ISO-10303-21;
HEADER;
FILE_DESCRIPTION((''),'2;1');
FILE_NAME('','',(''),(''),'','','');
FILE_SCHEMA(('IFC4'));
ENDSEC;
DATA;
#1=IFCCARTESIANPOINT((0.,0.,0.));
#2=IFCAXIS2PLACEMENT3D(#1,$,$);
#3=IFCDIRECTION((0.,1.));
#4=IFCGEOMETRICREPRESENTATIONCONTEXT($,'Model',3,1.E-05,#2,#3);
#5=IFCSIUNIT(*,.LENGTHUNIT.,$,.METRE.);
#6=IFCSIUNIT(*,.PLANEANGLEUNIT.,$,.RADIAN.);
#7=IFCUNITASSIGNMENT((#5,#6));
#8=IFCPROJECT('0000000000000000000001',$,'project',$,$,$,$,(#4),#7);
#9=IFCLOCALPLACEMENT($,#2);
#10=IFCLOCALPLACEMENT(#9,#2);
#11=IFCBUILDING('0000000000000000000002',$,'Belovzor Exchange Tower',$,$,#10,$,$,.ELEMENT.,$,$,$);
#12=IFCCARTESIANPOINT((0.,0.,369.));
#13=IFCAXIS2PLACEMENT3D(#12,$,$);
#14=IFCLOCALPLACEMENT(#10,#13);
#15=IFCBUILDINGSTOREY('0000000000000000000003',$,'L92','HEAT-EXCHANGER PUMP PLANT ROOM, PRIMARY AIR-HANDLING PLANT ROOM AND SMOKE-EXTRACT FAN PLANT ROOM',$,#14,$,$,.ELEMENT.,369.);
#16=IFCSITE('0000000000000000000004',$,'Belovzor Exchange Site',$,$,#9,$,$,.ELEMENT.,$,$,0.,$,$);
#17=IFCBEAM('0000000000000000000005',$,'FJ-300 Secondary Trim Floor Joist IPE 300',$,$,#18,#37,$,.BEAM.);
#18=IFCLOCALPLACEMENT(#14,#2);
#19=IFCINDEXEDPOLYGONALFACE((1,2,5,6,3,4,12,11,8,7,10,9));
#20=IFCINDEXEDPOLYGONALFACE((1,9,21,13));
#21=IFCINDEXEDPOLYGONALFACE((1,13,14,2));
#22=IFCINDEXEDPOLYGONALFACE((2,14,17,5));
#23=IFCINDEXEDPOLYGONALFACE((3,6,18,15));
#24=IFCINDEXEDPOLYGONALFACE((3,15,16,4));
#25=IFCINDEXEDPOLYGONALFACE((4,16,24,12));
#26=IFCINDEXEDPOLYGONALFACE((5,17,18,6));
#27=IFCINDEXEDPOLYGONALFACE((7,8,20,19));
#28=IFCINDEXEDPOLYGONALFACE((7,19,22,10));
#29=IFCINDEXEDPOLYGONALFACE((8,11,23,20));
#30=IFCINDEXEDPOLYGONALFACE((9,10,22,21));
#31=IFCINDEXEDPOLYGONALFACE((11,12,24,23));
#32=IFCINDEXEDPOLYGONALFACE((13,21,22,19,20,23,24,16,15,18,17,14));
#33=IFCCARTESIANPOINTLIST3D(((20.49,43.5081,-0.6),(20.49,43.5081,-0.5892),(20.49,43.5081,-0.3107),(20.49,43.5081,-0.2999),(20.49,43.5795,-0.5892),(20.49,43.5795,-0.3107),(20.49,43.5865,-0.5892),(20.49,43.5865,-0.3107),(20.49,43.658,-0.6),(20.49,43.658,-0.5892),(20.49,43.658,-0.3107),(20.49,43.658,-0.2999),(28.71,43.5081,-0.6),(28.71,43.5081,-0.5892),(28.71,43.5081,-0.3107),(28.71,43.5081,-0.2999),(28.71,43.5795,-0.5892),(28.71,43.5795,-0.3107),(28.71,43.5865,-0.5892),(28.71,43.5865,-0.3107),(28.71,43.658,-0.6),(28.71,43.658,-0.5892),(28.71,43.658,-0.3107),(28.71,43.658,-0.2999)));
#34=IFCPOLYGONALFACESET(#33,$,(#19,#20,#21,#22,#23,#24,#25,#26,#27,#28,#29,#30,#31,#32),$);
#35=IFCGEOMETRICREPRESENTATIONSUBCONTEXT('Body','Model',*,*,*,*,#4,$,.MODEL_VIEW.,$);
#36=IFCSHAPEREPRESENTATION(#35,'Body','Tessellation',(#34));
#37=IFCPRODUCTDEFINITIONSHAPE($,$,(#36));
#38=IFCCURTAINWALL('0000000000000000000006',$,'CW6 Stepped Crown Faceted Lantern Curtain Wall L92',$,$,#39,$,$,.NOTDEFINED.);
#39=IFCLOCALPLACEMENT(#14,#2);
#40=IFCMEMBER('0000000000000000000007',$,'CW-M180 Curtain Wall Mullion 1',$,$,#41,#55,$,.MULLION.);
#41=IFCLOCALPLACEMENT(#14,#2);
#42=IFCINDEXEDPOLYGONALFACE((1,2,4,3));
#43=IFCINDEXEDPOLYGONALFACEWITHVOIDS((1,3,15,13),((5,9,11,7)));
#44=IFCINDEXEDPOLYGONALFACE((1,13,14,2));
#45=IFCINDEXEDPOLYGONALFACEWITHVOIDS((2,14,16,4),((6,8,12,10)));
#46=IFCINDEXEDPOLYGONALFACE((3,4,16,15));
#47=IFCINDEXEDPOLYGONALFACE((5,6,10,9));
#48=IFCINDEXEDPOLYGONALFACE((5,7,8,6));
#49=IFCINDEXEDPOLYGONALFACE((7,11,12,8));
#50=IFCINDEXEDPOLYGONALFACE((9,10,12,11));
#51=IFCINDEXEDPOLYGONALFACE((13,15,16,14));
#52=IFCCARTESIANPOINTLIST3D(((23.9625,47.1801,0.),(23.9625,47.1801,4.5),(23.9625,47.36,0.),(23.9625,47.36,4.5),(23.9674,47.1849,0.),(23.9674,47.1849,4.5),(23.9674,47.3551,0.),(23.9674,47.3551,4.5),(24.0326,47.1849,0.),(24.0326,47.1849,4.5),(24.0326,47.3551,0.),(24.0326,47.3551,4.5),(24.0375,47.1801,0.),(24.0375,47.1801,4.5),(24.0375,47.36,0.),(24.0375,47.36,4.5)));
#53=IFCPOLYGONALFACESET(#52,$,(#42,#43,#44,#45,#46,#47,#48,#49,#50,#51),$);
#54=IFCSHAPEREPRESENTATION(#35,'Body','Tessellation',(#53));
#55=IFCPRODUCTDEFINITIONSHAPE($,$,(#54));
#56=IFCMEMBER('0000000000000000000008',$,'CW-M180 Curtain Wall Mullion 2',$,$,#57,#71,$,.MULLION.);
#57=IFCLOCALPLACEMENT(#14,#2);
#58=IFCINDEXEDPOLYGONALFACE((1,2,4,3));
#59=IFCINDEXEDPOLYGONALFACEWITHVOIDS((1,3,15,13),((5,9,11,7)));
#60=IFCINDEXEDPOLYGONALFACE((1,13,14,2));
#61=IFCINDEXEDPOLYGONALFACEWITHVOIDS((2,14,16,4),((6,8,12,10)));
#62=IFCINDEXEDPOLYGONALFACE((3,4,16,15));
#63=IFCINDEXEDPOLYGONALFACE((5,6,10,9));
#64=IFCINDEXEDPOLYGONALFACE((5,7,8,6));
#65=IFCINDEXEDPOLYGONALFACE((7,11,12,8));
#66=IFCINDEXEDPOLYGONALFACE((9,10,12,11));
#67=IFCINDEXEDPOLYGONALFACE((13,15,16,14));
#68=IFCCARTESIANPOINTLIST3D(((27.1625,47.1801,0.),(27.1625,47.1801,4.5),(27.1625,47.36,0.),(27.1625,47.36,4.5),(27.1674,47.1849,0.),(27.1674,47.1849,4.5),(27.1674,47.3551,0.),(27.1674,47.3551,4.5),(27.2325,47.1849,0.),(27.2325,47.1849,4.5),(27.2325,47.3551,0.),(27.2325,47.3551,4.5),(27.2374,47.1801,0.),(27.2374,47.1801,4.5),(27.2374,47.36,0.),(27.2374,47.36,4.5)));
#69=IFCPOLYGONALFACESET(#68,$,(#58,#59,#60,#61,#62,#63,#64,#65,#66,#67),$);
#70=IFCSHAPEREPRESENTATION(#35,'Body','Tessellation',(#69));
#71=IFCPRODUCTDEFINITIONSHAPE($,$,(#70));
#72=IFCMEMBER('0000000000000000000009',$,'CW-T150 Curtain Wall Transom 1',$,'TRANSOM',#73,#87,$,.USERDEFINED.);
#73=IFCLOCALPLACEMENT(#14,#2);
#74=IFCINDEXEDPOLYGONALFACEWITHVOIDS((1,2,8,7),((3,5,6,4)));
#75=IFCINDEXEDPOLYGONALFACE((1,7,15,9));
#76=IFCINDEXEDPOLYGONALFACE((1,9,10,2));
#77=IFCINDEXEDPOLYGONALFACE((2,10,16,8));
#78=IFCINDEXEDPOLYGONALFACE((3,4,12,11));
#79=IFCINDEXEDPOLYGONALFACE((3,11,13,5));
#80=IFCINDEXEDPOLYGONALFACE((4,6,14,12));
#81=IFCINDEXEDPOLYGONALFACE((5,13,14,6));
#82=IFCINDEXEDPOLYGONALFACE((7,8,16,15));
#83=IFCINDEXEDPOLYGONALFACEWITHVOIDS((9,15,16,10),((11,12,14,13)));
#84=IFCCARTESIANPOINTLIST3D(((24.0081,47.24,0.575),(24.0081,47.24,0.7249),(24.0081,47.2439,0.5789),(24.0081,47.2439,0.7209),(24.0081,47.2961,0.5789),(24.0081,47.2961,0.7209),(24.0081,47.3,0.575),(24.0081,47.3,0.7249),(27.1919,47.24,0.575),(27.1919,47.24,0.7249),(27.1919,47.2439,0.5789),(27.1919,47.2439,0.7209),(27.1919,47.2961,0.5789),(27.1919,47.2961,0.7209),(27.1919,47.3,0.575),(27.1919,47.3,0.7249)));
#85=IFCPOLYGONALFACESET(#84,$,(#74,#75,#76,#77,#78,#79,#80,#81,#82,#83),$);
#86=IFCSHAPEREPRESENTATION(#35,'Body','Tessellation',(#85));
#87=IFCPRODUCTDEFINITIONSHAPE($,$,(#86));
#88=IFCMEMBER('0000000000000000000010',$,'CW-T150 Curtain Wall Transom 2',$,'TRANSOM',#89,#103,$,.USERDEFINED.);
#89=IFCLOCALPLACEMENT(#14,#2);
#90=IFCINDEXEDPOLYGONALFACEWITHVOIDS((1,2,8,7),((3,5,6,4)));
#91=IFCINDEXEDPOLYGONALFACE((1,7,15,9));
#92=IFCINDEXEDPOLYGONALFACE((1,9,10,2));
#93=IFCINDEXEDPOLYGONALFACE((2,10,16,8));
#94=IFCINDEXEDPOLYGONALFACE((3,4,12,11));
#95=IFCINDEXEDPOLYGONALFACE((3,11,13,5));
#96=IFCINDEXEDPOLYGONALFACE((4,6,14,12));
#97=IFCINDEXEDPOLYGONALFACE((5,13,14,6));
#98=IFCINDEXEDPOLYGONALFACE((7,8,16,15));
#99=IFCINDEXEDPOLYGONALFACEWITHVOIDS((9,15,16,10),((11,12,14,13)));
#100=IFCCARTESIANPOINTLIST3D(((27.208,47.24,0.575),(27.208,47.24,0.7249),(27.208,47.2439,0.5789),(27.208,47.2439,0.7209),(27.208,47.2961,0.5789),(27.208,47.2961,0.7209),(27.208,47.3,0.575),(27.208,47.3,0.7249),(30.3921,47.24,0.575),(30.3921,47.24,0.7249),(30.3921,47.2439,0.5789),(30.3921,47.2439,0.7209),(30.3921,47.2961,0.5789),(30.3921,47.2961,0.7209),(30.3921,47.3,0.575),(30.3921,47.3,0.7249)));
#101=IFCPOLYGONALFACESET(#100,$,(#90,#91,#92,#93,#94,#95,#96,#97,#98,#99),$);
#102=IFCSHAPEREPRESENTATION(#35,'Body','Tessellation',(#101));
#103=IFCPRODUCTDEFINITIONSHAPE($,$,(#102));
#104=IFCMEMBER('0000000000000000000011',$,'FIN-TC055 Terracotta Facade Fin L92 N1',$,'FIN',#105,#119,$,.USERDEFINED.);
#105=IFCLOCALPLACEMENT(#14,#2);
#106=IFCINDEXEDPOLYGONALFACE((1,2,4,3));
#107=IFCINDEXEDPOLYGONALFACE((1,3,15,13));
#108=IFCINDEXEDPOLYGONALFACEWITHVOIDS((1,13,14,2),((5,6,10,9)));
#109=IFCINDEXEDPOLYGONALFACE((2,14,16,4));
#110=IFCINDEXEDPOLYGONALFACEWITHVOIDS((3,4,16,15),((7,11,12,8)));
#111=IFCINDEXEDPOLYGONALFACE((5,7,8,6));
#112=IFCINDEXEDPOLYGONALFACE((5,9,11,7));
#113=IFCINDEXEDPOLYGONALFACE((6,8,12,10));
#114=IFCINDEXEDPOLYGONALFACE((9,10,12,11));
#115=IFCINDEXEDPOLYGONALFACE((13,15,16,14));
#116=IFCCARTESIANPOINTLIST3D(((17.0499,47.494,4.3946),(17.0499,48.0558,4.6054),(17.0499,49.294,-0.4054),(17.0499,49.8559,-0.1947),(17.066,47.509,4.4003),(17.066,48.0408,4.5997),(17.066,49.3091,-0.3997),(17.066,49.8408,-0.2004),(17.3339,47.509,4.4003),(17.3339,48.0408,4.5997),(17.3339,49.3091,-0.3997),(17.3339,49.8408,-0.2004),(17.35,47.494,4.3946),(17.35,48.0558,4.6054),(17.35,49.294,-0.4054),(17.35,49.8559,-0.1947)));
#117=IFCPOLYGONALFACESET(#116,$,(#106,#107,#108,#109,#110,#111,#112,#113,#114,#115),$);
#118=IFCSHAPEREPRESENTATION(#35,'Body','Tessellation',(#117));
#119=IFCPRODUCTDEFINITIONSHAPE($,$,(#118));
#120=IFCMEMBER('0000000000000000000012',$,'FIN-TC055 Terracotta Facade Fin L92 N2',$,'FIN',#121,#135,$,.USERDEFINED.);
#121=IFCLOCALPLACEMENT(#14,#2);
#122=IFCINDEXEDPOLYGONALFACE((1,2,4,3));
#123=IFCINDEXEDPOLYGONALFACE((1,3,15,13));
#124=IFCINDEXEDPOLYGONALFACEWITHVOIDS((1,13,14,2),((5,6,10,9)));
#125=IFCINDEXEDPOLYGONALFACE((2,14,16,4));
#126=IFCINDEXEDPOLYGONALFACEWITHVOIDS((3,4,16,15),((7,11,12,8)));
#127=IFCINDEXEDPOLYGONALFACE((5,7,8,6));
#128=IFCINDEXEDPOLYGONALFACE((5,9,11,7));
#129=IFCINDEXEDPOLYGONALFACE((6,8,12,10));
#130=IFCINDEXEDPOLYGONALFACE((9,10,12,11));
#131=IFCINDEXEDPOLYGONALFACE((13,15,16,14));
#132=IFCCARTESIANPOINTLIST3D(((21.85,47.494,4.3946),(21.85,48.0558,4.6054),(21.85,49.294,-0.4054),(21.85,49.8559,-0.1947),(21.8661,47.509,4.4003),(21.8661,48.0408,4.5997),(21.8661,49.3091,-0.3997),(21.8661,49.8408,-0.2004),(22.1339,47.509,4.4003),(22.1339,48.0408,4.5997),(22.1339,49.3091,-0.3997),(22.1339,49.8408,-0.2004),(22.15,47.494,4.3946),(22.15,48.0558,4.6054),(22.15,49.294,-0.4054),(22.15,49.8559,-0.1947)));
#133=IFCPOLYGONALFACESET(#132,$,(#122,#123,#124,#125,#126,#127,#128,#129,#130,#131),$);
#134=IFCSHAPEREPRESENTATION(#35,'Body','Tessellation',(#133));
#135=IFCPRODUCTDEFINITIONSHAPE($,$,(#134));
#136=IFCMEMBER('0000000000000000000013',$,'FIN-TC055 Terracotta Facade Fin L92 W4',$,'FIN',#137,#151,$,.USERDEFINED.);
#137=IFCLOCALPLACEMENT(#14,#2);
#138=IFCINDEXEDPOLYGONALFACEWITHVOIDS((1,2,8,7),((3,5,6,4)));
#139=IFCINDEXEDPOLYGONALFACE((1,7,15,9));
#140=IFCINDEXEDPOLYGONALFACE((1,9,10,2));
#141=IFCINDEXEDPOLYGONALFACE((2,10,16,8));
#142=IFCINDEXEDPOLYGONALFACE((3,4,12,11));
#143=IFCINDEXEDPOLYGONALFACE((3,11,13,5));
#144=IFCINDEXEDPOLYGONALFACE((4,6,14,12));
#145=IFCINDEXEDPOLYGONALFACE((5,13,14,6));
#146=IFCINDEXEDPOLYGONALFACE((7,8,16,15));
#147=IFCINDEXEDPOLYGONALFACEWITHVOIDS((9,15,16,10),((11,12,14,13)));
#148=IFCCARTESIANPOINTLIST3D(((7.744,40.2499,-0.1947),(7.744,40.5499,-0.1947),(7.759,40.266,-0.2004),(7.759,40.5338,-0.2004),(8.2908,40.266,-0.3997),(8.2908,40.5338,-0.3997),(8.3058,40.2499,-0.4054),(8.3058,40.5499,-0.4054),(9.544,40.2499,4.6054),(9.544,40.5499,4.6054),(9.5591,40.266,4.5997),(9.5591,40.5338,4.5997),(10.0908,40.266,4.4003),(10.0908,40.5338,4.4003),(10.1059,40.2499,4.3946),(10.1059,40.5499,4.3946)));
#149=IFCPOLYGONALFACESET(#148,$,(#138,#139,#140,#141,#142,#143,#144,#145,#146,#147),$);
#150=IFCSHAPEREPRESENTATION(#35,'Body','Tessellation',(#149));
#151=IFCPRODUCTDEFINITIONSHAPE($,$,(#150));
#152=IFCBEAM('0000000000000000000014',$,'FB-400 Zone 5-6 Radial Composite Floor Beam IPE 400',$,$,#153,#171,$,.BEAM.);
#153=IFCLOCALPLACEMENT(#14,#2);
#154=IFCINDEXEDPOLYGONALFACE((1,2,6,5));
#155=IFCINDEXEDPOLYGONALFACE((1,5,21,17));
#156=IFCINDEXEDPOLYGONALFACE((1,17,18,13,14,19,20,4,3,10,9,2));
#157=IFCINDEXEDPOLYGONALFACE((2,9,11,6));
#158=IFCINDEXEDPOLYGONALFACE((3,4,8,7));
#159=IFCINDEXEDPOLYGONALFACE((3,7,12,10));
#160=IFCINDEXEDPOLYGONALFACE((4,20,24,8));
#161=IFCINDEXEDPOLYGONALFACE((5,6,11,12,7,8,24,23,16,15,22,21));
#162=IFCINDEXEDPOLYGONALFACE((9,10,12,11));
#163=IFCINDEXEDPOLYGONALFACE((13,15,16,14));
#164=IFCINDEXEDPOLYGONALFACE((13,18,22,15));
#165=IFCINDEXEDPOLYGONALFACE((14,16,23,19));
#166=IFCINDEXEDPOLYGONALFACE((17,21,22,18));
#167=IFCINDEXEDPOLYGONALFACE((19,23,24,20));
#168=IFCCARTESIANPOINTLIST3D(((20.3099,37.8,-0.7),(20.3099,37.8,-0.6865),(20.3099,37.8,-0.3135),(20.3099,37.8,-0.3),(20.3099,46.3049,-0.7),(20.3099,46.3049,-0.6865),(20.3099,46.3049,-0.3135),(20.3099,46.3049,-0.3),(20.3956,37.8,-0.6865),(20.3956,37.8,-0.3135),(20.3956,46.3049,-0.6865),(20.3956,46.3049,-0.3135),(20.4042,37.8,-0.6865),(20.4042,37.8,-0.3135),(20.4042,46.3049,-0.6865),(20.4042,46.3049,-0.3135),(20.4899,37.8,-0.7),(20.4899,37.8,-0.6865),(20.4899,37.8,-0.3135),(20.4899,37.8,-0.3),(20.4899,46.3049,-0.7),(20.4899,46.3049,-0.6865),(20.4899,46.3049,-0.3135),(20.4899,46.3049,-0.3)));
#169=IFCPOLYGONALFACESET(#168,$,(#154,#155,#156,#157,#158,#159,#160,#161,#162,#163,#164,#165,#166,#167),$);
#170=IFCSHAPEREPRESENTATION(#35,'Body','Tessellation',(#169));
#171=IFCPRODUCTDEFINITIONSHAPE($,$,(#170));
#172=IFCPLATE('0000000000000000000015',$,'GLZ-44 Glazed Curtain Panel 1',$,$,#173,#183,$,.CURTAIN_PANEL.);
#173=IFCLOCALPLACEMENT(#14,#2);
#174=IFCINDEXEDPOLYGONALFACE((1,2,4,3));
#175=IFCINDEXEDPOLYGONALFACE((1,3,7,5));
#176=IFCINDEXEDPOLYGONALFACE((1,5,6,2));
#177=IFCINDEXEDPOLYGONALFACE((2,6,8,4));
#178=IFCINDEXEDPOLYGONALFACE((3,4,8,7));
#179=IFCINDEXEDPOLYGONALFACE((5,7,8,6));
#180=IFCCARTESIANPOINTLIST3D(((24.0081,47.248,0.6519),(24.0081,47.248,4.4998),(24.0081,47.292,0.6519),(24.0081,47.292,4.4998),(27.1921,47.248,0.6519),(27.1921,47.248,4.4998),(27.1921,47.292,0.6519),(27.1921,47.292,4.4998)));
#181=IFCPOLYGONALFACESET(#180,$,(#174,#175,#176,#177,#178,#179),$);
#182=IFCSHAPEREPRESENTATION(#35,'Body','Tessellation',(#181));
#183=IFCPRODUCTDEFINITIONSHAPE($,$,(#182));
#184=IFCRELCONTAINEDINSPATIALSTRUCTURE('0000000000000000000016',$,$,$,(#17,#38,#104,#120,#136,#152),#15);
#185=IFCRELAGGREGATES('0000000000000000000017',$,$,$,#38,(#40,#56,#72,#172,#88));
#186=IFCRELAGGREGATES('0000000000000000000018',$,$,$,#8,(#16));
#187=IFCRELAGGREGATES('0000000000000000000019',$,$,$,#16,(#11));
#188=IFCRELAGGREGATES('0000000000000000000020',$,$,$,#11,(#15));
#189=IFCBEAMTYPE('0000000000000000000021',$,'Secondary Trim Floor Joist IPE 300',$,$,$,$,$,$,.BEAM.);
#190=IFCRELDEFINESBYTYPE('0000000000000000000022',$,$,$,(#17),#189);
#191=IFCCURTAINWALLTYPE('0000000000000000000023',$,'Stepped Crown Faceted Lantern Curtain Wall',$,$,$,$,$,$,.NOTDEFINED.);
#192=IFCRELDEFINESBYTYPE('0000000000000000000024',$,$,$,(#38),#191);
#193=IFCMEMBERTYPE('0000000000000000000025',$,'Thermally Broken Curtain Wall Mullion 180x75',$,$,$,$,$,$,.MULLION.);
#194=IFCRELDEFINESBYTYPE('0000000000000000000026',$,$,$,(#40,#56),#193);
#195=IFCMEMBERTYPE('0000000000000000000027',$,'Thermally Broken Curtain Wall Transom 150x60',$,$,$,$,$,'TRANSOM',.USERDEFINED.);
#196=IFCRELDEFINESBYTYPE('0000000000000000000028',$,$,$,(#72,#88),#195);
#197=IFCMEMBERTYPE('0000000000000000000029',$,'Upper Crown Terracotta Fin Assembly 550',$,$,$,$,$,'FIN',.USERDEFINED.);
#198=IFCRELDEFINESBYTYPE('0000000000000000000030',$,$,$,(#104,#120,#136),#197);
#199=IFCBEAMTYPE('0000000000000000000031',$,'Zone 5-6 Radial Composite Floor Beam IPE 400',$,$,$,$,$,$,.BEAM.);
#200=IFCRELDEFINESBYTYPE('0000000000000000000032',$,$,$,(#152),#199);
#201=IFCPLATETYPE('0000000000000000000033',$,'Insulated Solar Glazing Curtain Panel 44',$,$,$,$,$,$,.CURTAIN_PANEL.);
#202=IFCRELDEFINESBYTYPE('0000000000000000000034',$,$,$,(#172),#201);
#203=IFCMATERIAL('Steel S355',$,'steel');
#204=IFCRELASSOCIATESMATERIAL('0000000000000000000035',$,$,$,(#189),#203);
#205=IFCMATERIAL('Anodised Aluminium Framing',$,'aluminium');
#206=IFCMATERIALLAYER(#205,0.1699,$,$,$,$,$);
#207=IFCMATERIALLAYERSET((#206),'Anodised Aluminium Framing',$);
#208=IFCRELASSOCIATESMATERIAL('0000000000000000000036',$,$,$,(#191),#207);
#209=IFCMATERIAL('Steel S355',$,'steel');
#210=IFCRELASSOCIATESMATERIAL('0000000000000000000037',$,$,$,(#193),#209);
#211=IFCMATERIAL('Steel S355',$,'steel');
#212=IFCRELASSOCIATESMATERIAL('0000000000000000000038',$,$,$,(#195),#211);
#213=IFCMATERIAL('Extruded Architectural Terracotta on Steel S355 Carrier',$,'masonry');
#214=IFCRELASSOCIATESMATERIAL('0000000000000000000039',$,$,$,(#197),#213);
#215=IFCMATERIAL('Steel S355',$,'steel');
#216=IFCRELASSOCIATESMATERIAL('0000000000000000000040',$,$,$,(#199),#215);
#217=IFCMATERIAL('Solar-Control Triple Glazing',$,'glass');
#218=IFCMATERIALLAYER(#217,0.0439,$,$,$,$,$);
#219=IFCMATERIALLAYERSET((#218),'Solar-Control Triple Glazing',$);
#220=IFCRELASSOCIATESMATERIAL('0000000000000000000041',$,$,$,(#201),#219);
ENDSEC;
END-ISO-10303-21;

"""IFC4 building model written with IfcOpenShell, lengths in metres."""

from ifc_helpers import new_model, si_unit, direction, frame, origin, origin_2d, place, context, subcontext, project, spatial, rectangle, hollow_rectangle, i_section, extrude, material, layer, layer_set, material_profile, profile_set, type_object, element, aggregate, save


model = new_model("IFC4")

# Units and contexts
model_context = context("Model", 3, precision=1e-05, world=origin(), true_north=direction((0.0, 1.0)))
body_context = subcontext(model_context, "Body", "Model", "MODEL_VIEW")
ifc_project = project(units=[si_unit("LENGTHUNIT", "METRE"), si_unit("PLANEANGLEUNIT", "RADIAN")], contexts=[model_context])

# Site, building, storey
site_placement = place(None, origin())
site = spatial("IfcSite", under=ifc_project, at=site_placement, Name="Belovzor Exchange Site", CompositionType="ELEMENT", RefElevation=0.0)
building_placement = place(site_placement, origin())
building = spatial("IfcBuilding", under=site, at=building_placement, Name="Belovzor Exchange Tower", CompositionType="ELEMENT")
storey_placement = place(building_placement, frame((0.0, 0.0, 369.0)))
storey = spatial("IfcBuildingStorey", under=building, at=storey_placement, Name="L92", Description="HEAT-EXCHANGER PUMP PLANT ROOM, PRIMARY AIR-HANDLING PLANT ROOM AND SMOKE-EXTRACT FAN PLANT ROOM", CompositionType="ELEMENT", Elevation=369.0)

# Beam
ifc_material_1 = material(Name="Steel S355", Category="steel")
ifc_material_profile_1 = material_profile(ifc_material_1, i_section(OverallWidth=0.1499, OverallDepth=0.3, WebThickness=0.0071, FlangeThickness=0.0107, at=origin_2d()))
ifc_profile_set_1 = profile_set([ifc_material_profile_1], Name="Steel S355")
beam_type_1 = type_object("IfcBeamType", Name="Secondary Trim Floor Joist IPE 300", PredefinedType="BEAM", material=ifc_profile_set_1)
beam_1_placement = place(storey_placement, frame((20.49, 43.583, -0.45), z_axis=(1.0, 0.0, 0.0), x_axis=(0.0, 1.0, 0.0)))
element("IfcBeam", 1, at=beam_1_placement, inside=storey, type_object=beam_type_1, Name="FJ-300 Secondary Trim Floor Joist IPE 300", PredefinedType="BEAM", context=body_context, shape_type="SweptSolid", body=[
    extrude(i_section(OverallWidth=0.1499, OverallDepth=0.3, WebThickness=0.0071, FlangeThickness=0.0107, at=origin_2d()), origin(), (0.0, 0.0, 1.0), 8.22),
])

# Curtain wall, members
ifc_material_2 = material(Name="Anodised Aluminium Framing", Category="aluminium")
ifc_layer_1 = layer(ifc_material_2, 0.1699)
ifc_layer_set_1 = layer_set([ifc_layer_1], Name="Anodised Aluminium Framing")
curtain_wall_type = type_object("IfcCurtainWallType", Name="Stepped Crown Faceted Lantern Curtain Wall", PredefinedType="NOTDEFINED", material=ifc_layer_set_1)
curtain_wall_placement = place(storey_placement, origin())
curtain_wall = element("IfcCurtainWall", 2, at=curtain_wall_placement, inside=storey, type_object=curtain_wall_type, Name="CW6 Stepped Crown Faceted Lantern Curtain Wall L92", PredefinedType="NOTDEFINED")
ifc_material_3 = material(Name="Steel S355", Category="steel")
ifc_material_profile_2 = material_profile(ifc_material_3, hollow_rectangle(XDim=0.075, YDim=0.1799, WallThickness=0.0049, at=origin_2d()))
ifc_profile_set_2 = profile_set([ifc_material_profile_2], Name="Steel S355")
member_type_1 = type_object("IfcMemberType", Name="Thermally Broken Curtain Wall Mullion 180x75", PredefinedType="MULLION", material=ifc_profile_set_2)
member_1_placement = place(storey_placement, frame((24.0, 47.27, 0.0), z_axis=(0.0, 0.0, 1.0), x_axis=(1.0, 0.0, 0.0)))
member_1 = element("IfcMember", 3, at=member_1_placement, type_object=member_type_1, Name="CW-M180 Curtain Wall Mullion 1", PredefinedType="MULLION", context=body_context, shape_type="SweptSolid", body=[
    extrude(hollow_rectangle(XDim=0.075, YDim=0.1799, WallThickness=0.0049, at=origin_2d()), origin(), (0.0, 0.0, 1.0), 4.5),
])
member_2_placement = place(storey_placement, frame((27.2, 47.27, 0.0), z_axis=(0.0, 0.0, 1.0), x_axis=(1.0, 0.0, 0.0)))
member_2 = element("IfcMember", 4, at=member_2_placement, type_object=member_type_1, Name="CW-M180 Curtain Wall Mullion 2", PredefinedType="MULLION", context=body_context, shape_type="SweptSolid", body=[
    extrude(hollow_rectangle(XDim=0.075, YDim=0.1799, WallThickness=0.0049, at=origin_2d()), origin(), (0.0, 0.0, 1.0), 4.5),
])
ifc_material_4 = material(Name="Steel S355", Category="steel")
ifc_material_profile_3 = material_profile(ifc_material_4, hollow_rectangle(XDim=0.0601, YDim=0.1499, WallThickness=0.0039, at=origin_2d()))
ifc_profile_set_3 = profile_set([ifc_material_profile_3], Name="Steel S355")
member_type_2 = type_object("IfcMemberType", Name="Thermally Broken Curtain Wall Transom 150x60", ElementType="TRANSOM", PredefinedType="USERDEFINED", material=ifc_profile_set_3)
member_3_placement = place(storey_placement, frame((24.0081, 47.27, 0.6499), z_axis=(1.0, 0.0, 0.0), x_axis=(0.0, 1.0, 0.0)))
member_3 = element("IfcMember", 5, at=member_3_placement, type_object=member_type_2, Name="CW-T150 Curtain Wall Transom 1", ObjectType="TRANSOM", PredefinedType="USERDEFINED", context=body_context, shape_type="SweptSolid", body=[
    extrude(hollow_rectangle(XDim=0.0601, YDim=0.1499, WallThickness=0.0039, at=origin_2d()), origin(), (0.0, 0.0, 1.0), 3.1838),
])
member_4_placement = place(storey_placement, frame((27.208, 47.27, 0.6499), z_axis=(1.0, 0.0, 0.0), x_axis=(0.0, 1.0, 0.0)))
member_4 = element("IfcMember", 6, at=member_4_placement, type_object=member_type_2, Name="CW-T150 Curtain Wall Transom 2", ObjectType="TRANSOM", PredefinedType="USERDEFINED", context=body_context, shape_type="SweptSolid", body=[
    extrude(hollow_rectangle(XDim=0.0601, YDim=0.1499, WallThickness=0.0039, at=origin_2d()), origin(), (0.0, 0.0, 1.0), 3.1841),
])

# Members
ifc_material_5 = material(Name="Extruded Architectural Terracotta on Steel S355 Carrier", Category="masonry")
ifc_material_profile_4 = material_profile(ifc_material_5, hollow_rectangle(XDim=0.3, YDim=0.6001, WallThickness=0.0161, at=origin_2d()))
ifc_profile_set_4 = profile_set([ifc_material_profile_4], Name="Extruded Architectural Terracotta on Steel S355 Carrier")
member_type_3 = type_object("IfcMemberType", Name="Upper Crown Terracotta Fin Assembly 550", ElementType="FIN", PredefinedType="USERDEFINED", material=ifc_profile_set_4)
for number, where, z_axis, x_axis, name in (
    (7, (17.2, 49.575, -0.3), (0.0, -0.351129, 0.936327), (1.0, 0.0, 0.0), "FIN-TC055 Terracotta Facade Fin L92 N1"),
    (8, (22.0, 49.575, -0.3), (0.0, -0.351129, 0.936327), (1.0, 0.0, 0.0), "FIN-TC055 Terracotta Facade Fin L92 N2"),
    (9, (8.0249, 40.3999, -0.3), (0.351129, 0.0, 0.936327), (0.0, 1.0, 0.0), "FIN-TC055 Terracotta Facade Fin L92 W4"),
):
    element("IfcMember", number, at=place(storey_placement, frame(where, z_axis=z_axis, x_axis=x_axis)), inside=storey, type_object=member_type_3, Name=name, ObjectType="FIN", PredefinedType="USERDEFINED", context=body_context, shape_type="SweptSolid", body=[
        extrude(hollow_rectangle(XDim=0.3, YDim=0.6001, WallThickness=0.0161, at=origin_2d()), origin(), (0.0, 0.0, 1.0), 5.1265),
    ])

# Beam
ifc_material_6 = material(Name="Steel S355", Category="steel")
ifc_material_profile_5 = material_profile(ifc_material_6, i_section(OverallWidth=0.1799, OverallDepth=0.3999, WebThickness=0.0085, FlangeThickness=0.0134, at=origin_2d()))
ifc_profile_set_5 = profile_set([ifc_material_profile_5], Name="Steel S355")
beam_type_2 = type_object("IfcBeamType", Name="Zone 5-6 Radial Composite Floor Beam IPE 400", PredefinedType="BEAM", material=ifc_profile_set_5)
beam_2_placement = place(storey_placement, frame((20.3999, 37.8, -0.5), z_axis=(0.0, 1.0, 0.0), x_axis=(-1.0, 0.0, 0.0)))
element("IfcBeam", 10, at=beam_2_placement, inside=storey, type_object=beam_type_2, Name="FB-400 Zone 5-6 Radial Composite Floor Beam IPE 400", PredefinedType="BEAM", context=body_context, shape_type="SweptSolid", body=[
    extrude(i_section(OverallWidth=0.1799, OverallDepth=0.3999, WebThickness=0.0085, FlangeThickness=0.0134, at=origin_2d()), origin(), (0.0, 0.0, 1.0), 8.5049),
])

# Plate
ifc_material_7 = material(Name="Solar-Control Triple Glazing", Category="glass")
ifc_layer_2 = layer(ifc_material_7, 0.0439)
ifc_layer_set_2 = layer_set([ifc_layer_2], Name="Solar-Control Triple Glazing")
plate_type_1 = type_object("IfcPlateType", Name="Insulated Solar Glazing Curtain Panel 44", PredefinedType="CURTAIN_PANEL", material=ifc_layer_set_2)
plate_1_placement = place(storey_placement, frame((25.6001, 47.27, 0.6519), z_axis=(0.0, 0.0, 1.0), x_axis=(1.0, 0.0, 0.0)))
plate_1 = element("IfcPlate", 11, at=plate_1_placement, type_object=plate_type_1, Name="GLZ-44 Glazed Curtain Panel 1", PredefinedType="CURTAIN_PANEL", context=body_context, shape_type="SweptSolid", body=[
    extrude(rectangle(XDim=3.1841, YDim=0.0439, at=origin_2d()), origin(), (0.0, 0.0, 1.0), 3.8479),
])
aggregate(curtain_wall, [member_1, member_2, member_3, plate_1, member_4])

save(model, "model.ifc")
